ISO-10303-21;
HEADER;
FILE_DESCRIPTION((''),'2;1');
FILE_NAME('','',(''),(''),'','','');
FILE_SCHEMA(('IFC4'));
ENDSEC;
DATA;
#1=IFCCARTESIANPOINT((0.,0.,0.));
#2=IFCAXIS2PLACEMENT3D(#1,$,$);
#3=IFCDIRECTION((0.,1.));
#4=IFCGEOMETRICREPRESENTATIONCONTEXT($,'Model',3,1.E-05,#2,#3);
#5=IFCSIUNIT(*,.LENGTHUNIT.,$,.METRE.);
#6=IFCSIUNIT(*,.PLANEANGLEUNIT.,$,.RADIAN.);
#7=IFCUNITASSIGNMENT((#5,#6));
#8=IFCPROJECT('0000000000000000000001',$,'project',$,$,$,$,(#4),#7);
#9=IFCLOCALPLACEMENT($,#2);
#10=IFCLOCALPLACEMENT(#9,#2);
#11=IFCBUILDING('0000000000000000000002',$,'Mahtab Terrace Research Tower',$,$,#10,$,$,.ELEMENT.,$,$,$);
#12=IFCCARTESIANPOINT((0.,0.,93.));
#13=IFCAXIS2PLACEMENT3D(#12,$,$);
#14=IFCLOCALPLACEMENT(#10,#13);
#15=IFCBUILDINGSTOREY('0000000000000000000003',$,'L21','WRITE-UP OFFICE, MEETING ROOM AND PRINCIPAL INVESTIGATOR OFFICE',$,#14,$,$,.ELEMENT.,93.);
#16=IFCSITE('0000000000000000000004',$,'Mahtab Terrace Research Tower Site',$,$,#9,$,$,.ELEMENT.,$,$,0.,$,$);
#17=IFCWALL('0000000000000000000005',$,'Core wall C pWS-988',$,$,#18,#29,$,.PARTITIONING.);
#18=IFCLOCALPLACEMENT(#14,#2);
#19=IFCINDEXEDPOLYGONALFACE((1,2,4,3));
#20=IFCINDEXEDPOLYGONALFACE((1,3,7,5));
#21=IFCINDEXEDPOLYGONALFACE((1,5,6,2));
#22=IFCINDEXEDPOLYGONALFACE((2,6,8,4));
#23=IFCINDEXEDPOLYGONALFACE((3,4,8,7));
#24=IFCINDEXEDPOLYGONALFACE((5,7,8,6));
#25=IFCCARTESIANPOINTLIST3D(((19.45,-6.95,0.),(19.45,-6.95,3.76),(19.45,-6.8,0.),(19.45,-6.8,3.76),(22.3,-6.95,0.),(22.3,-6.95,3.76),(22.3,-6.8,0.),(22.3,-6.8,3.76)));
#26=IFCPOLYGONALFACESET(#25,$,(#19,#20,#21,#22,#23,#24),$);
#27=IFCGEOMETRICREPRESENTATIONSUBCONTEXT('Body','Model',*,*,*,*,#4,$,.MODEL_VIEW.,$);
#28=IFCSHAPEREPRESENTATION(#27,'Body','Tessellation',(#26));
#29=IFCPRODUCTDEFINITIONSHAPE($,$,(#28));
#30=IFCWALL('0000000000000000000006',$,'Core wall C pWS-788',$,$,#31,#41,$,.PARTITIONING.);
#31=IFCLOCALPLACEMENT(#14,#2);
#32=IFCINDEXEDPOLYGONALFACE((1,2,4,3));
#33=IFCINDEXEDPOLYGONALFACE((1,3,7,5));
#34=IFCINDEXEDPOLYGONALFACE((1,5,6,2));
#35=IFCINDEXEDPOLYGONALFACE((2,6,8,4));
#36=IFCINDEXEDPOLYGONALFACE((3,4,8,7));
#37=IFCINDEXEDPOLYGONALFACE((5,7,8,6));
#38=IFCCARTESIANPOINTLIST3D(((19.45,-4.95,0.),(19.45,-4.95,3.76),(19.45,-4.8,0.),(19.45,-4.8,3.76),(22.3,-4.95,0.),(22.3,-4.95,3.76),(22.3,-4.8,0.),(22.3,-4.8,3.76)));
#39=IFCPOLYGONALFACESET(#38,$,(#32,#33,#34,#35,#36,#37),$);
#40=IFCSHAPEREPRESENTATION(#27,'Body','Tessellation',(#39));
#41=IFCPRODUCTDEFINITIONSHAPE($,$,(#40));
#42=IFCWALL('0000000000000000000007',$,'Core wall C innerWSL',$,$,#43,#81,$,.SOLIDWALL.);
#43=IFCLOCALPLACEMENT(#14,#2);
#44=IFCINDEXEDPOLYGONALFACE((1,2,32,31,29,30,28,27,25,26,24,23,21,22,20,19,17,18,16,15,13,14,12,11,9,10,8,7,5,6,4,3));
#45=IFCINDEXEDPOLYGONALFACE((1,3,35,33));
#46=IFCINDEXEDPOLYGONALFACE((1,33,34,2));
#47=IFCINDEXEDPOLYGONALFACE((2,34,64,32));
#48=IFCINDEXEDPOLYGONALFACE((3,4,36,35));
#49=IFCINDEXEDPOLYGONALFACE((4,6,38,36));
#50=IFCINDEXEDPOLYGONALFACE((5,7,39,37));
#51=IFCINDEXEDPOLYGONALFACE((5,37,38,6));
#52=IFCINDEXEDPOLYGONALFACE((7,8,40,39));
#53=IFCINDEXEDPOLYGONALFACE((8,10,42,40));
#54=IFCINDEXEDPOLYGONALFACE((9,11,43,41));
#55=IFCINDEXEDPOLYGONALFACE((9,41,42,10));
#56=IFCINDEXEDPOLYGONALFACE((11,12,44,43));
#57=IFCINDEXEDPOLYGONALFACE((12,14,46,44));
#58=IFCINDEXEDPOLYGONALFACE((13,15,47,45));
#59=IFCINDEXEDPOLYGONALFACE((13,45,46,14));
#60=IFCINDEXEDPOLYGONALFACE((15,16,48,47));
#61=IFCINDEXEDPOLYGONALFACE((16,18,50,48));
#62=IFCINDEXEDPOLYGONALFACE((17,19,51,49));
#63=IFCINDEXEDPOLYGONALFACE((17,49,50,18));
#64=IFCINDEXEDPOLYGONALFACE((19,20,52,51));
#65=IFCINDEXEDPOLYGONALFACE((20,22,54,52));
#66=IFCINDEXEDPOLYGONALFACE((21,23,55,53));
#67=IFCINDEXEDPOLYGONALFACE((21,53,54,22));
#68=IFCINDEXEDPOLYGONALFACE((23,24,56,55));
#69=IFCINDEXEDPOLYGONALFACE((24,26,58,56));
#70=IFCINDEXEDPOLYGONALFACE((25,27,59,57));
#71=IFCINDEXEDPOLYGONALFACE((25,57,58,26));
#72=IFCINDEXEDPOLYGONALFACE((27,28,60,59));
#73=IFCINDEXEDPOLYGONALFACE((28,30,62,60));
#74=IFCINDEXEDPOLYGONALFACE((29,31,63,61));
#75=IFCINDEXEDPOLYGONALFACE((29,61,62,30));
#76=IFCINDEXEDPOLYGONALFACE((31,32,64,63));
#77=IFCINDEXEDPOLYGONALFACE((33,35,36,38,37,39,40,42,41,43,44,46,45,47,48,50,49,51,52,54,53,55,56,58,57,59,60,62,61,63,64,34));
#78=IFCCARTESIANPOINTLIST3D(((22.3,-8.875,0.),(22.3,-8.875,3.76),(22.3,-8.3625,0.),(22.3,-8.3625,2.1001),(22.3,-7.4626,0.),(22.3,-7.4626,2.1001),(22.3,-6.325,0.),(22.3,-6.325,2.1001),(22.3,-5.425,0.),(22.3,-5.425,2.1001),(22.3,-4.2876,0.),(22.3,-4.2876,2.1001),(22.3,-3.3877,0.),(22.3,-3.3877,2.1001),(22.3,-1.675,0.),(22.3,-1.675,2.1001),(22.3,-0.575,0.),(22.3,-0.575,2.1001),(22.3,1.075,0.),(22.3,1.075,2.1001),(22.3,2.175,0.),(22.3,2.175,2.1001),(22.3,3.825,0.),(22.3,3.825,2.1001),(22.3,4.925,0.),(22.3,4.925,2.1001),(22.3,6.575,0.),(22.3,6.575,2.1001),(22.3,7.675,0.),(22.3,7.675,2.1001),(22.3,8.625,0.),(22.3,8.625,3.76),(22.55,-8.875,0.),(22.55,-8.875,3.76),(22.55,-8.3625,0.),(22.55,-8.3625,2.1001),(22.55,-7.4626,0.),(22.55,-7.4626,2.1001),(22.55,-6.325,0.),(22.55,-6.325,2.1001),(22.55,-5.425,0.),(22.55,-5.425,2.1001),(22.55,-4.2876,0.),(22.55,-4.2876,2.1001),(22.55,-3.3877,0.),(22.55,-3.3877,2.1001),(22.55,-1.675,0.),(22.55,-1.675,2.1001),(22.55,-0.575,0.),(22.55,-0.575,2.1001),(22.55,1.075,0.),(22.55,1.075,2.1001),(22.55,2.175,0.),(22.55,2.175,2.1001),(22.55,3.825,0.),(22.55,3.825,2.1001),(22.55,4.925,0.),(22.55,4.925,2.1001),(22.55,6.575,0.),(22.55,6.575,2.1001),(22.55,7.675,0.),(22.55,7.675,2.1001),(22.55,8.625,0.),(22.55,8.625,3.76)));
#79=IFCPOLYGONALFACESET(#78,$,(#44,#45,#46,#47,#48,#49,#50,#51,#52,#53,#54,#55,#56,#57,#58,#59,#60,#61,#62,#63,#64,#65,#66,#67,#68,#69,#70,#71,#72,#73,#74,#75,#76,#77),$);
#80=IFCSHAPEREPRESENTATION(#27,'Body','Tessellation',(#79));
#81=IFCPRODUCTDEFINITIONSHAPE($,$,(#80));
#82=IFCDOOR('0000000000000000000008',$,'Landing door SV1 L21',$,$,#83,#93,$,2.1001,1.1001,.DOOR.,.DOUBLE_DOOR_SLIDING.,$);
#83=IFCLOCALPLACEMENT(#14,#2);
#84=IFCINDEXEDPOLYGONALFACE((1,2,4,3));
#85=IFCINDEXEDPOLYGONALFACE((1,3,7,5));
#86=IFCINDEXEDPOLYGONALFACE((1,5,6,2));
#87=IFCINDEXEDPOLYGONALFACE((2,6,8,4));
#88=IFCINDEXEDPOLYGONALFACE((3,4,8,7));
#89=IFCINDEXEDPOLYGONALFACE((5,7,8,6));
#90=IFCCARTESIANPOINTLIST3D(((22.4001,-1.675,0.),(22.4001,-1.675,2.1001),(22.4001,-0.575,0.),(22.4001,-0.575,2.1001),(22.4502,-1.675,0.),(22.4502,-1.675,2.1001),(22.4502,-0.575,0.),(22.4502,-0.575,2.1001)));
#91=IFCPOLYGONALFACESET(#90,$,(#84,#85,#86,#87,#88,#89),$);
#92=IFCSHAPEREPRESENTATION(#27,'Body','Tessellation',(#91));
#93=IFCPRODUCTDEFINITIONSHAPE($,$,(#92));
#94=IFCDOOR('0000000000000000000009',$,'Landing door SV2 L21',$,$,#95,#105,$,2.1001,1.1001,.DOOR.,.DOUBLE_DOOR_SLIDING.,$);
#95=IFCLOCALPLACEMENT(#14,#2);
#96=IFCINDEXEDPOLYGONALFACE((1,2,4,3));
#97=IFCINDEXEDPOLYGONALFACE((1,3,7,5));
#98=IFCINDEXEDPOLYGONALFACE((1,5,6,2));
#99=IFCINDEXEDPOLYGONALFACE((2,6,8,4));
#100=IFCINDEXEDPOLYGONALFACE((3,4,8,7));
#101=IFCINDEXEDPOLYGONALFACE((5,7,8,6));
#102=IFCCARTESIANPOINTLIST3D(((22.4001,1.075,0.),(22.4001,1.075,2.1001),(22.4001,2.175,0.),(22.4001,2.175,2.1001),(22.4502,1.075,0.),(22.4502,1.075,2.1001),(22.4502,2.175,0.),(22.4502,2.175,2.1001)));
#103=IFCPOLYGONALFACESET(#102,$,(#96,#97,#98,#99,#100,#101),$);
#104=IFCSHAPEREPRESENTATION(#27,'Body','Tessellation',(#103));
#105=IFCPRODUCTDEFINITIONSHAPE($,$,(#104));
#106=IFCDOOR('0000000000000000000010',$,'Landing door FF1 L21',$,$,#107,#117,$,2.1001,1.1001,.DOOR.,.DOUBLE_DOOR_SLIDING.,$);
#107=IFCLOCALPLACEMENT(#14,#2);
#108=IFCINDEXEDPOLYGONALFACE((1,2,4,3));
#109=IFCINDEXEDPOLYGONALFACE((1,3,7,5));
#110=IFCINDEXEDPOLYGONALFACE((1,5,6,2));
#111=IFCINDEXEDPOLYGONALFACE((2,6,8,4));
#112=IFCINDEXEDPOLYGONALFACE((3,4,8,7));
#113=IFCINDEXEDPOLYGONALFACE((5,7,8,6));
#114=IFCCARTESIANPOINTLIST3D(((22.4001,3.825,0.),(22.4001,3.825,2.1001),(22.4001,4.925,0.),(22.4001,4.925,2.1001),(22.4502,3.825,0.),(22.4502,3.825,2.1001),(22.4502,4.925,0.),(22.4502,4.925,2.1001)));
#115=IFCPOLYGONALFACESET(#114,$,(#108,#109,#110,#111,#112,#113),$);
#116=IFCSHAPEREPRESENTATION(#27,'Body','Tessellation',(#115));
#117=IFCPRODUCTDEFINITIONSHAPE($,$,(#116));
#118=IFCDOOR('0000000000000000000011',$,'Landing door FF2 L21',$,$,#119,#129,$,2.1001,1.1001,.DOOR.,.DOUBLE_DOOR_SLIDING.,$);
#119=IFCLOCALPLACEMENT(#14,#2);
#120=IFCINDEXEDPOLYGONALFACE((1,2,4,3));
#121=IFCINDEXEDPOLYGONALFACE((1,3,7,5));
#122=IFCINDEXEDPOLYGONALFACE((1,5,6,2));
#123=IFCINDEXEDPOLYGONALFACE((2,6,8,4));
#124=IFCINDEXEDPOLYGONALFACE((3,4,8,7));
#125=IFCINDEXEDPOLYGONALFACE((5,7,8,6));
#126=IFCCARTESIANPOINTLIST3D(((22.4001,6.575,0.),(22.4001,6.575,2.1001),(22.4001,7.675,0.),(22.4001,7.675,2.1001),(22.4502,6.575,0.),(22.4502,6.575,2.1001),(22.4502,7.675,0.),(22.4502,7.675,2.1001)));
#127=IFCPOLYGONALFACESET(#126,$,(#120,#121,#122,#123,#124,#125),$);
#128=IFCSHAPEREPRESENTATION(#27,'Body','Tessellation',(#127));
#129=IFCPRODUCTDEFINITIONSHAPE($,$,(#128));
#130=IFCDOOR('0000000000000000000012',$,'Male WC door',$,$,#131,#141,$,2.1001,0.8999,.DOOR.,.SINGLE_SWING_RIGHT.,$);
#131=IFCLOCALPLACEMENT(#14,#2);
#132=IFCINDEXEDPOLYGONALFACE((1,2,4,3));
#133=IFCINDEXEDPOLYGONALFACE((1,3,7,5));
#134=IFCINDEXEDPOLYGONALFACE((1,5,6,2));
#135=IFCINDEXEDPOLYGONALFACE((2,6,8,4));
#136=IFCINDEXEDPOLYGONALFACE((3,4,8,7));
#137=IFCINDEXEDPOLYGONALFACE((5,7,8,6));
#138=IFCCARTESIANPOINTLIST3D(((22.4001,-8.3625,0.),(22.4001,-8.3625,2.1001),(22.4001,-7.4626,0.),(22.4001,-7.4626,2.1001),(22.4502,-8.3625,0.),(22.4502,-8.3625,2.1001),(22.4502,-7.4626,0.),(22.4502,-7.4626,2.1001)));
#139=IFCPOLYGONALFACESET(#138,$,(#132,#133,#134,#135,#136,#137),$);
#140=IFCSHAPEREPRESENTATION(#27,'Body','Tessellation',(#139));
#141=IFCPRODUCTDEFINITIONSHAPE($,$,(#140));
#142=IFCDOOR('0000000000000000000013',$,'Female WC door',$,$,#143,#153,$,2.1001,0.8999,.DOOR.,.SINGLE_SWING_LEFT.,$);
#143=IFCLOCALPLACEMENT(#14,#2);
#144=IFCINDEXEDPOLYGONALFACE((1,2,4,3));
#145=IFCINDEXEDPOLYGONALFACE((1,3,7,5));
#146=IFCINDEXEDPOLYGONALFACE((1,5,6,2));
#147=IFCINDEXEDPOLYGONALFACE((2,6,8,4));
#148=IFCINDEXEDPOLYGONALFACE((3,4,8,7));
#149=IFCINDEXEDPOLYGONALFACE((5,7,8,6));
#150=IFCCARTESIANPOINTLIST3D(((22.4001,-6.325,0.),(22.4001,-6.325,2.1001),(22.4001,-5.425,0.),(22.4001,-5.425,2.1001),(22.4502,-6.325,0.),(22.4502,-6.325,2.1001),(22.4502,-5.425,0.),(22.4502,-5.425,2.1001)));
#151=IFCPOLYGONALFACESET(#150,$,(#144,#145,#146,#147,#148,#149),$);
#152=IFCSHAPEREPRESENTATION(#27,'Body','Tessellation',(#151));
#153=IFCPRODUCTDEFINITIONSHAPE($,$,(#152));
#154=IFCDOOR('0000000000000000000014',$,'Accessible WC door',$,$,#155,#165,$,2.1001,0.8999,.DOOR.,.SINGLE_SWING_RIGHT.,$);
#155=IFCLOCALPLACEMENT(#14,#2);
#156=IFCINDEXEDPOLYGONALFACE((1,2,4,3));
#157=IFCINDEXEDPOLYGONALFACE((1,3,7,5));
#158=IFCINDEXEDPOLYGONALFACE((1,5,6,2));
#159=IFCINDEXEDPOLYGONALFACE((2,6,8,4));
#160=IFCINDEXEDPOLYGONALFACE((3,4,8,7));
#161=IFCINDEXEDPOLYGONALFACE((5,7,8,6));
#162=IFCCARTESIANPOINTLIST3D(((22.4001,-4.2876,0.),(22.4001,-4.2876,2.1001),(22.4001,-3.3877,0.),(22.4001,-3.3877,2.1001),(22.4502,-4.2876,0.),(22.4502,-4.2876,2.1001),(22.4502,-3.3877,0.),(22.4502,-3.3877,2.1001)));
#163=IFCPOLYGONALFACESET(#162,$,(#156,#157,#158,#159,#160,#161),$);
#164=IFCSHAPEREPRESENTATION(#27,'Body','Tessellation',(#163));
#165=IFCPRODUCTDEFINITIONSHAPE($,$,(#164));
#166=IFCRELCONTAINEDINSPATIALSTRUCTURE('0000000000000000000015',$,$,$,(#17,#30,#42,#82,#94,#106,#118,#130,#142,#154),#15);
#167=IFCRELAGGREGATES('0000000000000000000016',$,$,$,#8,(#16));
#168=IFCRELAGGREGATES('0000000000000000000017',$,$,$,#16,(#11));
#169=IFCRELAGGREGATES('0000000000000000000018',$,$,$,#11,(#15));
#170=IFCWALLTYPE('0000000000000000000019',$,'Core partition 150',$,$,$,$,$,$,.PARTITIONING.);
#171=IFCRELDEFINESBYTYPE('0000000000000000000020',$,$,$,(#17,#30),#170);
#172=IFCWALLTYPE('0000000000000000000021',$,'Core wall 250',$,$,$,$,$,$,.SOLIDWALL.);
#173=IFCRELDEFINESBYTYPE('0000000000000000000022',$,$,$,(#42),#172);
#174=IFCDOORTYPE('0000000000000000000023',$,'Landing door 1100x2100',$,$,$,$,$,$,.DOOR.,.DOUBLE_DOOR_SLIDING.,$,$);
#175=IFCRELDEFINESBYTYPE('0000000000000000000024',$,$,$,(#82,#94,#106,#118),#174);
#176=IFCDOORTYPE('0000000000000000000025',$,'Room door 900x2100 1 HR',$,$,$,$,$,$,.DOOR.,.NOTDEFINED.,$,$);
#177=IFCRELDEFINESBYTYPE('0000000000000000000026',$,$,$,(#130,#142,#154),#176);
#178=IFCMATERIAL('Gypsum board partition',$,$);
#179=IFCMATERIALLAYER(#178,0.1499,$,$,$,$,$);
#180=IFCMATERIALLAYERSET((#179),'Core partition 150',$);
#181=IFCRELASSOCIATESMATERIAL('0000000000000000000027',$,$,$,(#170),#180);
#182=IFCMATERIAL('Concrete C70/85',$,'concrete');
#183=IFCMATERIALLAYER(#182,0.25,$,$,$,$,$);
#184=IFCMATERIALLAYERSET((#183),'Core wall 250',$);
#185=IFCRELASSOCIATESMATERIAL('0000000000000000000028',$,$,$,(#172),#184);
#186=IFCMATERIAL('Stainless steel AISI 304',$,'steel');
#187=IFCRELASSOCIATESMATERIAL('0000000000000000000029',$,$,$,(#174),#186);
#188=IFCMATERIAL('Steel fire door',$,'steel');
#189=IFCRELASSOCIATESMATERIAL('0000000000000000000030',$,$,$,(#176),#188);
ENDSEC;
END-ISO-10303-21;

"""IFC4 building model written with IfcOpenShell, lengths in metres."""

from ifc_helpers import new_model, si_unit, direction, frame, frame_2d, origin, place, context, subcontext, project, spatial, rectangle, extrude, material, layer, layer_set, type_object, element, fill, save


model = new_model("IFC4")

# Units and contexts
model_context = context("Model", 3, precision=1e-05, world=origin(), true_north=direction((0.0, 1.0)))
body_context = subcontext(model_context, "Body", "Model", "MODEL_VIEW")
ifc_project = project(units=[si_unit("LENGTHUNIT", "METRE"), si_unit("PLANEANGLEUNIT", "RADIAN")], contexts=[model_context])

# Site, building, storey
site_placement = place(None, origin())
site = spatial("IfcSite", under=ifc_project, at=site_placement, Name="Mahtab Terrace Research Tower Site", CompositionType="ELEMENT", RefElevation=0.0)
building_placement = place(site_placement, origin())
building = spatial("IfcBuilding", under=site, at=building_placement, Name="Mahtab Terrace Research Tower", CompositionType="ELEMENT")
storey_placement = place(building_placement, frame((0.0, 0.0, 93.0)))
storey = spatial("IfcBuildingStorey", under=building, at=storey_placement, Name="L21", Description="WRITE-UP OFFICE, MEETING ROOM AND PRINCIPAL INVESTIGATOR OFFICE", CompositionType="ELEMENT", Elevation=93.0)

# Walls
ifc_material_1 = material(Name="Gypsum board partition")
ifc_layer_1 = layer(ifc_material_1, 0.1499)
ifc_layer_set_1 = layer_set([ifc_layer_1], Name="Core partition 150")
wall_type_1 = type_object("IfcWallType", Name="Core partition 150", PredefinedType="PARTITIONING", material=ifc_layer_set_1)
for number, where, z_axis, x_axis, name in (
    (1, (19.45, -6.875, 0.0), (0.0, 0.0, 1.0), (1.0, 0.0, 0.0), "Core wall C pWS-988"),
    (2, (19.45, -4.875, 0.0), (0.0, 0.0, 1.0), (1.0, 0.0, 0.0), "Core wall C pWS-788"),
):
    element("IfcWall", number, at=place(storey_placement, frame(where, z_axis=z_axis, x_axis=x_axis)), inside=storey, type_object=wall_type_1, Name=name, PredefinedType="PARTITIONING", context=body_context, shape_type="SweptSolid", body=[
        extrude(rectangle(XDim=2.8501, YDim=0.1499, at=frame_2d((1.425, 0.0))), origin(), (0.0, 0.0, 1.0), 3.76),
    ])

# Wall, openings, doors
ifc_material_2 = material(Name="Concrete C70/85", Category="concrete")
ifc_layer_2 = layer(ifc_material_2, 0.25)
ifc_layer_set_2 = layer_set([ifc_layer_2], Name="Core wall 250")
wall_type_2 = type_object("IfcWallType", Name="Core wall 250", PredefinedType="SOLIDWALL", material=ifc_layer_set_2)
wall_1_placement = place(storey_placement, frame((22.425, -8.875, 0.0), z_axis=(0.0, 0.0, 1.0), x_axis=(0.0, 1.0, 0.0)))
wall_1 = element("IfcWall", 3, at=wall_1_placement, inside=storey, type_object=wall_type_2, Name="Core wall C innerWSL", PredefinedType="SOLIDWALL", context=body_context, shape_type="SweptSolid", body=[
    extrude(rectangle(XDim=17.5, YDim=0.25, at=frame_2d((8.75, 0.0))), origin(), (0.0, 0.0, 1.0), 3.76),
])
opening_1_placement = place(wall_1_placement, frame((7.2, 0.0, 0.0)))
opening_1 = element("IfcOpeningElement", 4, at=opening_1_placement, cuts=wall_1, PredefinedType="OPENING", context=body_context, shape_type="SweptSolid", body=[
    extrude(rectangle(XDim=1.1001, YDim=2.1001, at=frame_2d((0.55, 1.05))), frame((0.0, 0.135, 0.0), z_axis=(0.0, -1.0, 0.0), x_axis=(1.0, 0.0, 0.0)), (0.0, 0.0, 1.0), 0.27),
])
opening_2_placement = place(wall_1_placement, frame((9.95, 0.0, 0.0)))
opening_2 = element("IfcOpeningElement", 5, at=opening_2_placement, cuts=wall_1, PredefinedType="OPENING", context=body_context, shape_type="SweptSolid", body=[
    extrude(rectangle(XDim=1.1001, YDim=2.1001, at=frame_2d((0.55, 1.05))), frame((0.0, 0.135, 0.0), z_axis=(0.0, -1.0, 0.0), x_axis=(1.0, 0.0, 0.0)), (0.0, 0.0, 1.0), 0.27),
])
opening_3_placement = place(wall_1_placement, frame((12.7, 0.0, 0.0)))
opening_3 = element("IfcOpeningElement", 6, at=opening_3_placement, cuts=wall_1, PredefinedType="OPENING", context=body_context, shape_type="SweptSolid", body=[
    extrude(rectangle(XDim=1.1001, YDim=2.1001, at=frame_2d((0.55, 1.05))), frame((0.0, 0.135, 0.0), z_axis=(0.0, -1.0, 0.0), x_axis=(1.0, 0.0, 0.0)), (0.0, 0.0, 1.0), 0.27),
])
opening_4_placement = place(wall_1_placement, frame((15.45, 0.0, 0.0)))
opening_4 = element("IfcOpeningElement", 7, at=opening_4_placement, cuts=wall_1, PredefinedType="OPENING", context=body_context, shape_type="SweptSolid", body=[
    extrude(rectangle(XDim=1.1001, YDim=2.1001, at=frame_2d((0.55, 1.05))), frame((0.0, 0.135, 0.0), z_axis=(0.0, -1.0, 0.0), x_axis=(1.0, 0.0, 0.0)), (0.0, 0.0, 1.0), 0.27),
])
opening_5_placement = place(wall_1_placement, frame((0.5125, 0.0, 0.0)))
opening_5 = element("IfcOpeningElement", 8, at=opening_5_placement, cuts=wall_1, PredefinedType="OPENING", context=body_context, shape_type="SweptSolid", body=[
    extrude(rectangle(XDim=0.8999, YDim=2.1001, at=frame_2d((0.45, 1.05))), frame((0.0, 0.135, 0.0), z_axis=(0.0, -1.0, 0.0), x_axis=(1.0, 0.0, 0.0)), (0.0, 0.0, 1.0), 0.27),
])
opening_6_placement = place(wall_1_placement, frame((2.55, 0.0, 0.0)))
opening_6 = element("IfcOpeningElement", 9, at=opening_6_placement, cuts=wall_1, PredefinedType="OPENING", context=body_context, shape_type="SweptSolid", body=[
    extrude(rectangle(XDim=0.8999, YDim=2.1001, at=frame_2d((0.45, 1.05))), frame((0.0, 0.135, 0.0), z_axis=(0.0, -1.0, 0.0), x_axis=(1.0, 0.0, 0.0)), (0.0, 0.0, 1.0), 0.27),
])
opening_7_placement = place(wall_1_placement, frame((4.5874, 0.0, 0.0)))
opening_7 = element("IfcOpeningElement", 10, at=opening_7_placement, cuts=wall_1, PredefinedType="OPENING", context=body_context, shape_type="SweptSolid", body=[
    extrude(rectangle(XDim=0.8999, YDim=2.1001, at=frame_2d((0.45, 1.05))), frame((0.0, 0.135, 0.0), z_axis=(0.0, -1.0, 0.0), x_axis=(1.0, 0.0, 0.0)), (0.0, 0.0, 1.0), 0.27),
])
ifc_material_3 = material(Name="Stainless steel AISI 304", Category="steel")
door_type_1 = type_object("IfcDoorType", Name="Landing door 1100x2100", OperationType="DOUBLE_DOOR_SLIDING", PredefinedType="DOOR", material=ifc_material_3)
door_1_placement = place(opening_1_placement, origin())
door_1 = element("IfcDoor", 11, at=door_1_placement, inside=storey, type_object=door_type_1, Name="Landing door SV1 L21", OperationType="DOUBLE_DOOR_SLIDING", OverallHeight=2.1001, OverallWidth=1.1001, PredefinedType="DOOR", context=body_context, shape_type="SweptSolid", body=[
    extrude(rectangle(XDim=1.1001, YDim=2.1001, at=frame_2d((0.55, 1.05))), frame((0.0, 0.0249, 0.0), z_axis=(0.0, -1.0, 0.0), x_axis=(1.0, 0.0, 0.0)), (0.0, 0.0, 1.0), 0.05),
])
fill(opening_1, door_1)
door_2_placement = place(opening_2_placement, origin())
door_2 = element("IfcDoor", 12, at=door_2_placement, inside=storey, type_object=door_type_1, Name="Landing door SV2 L21", OperationType="DOUBLE_DOOR_SLIDING", OverallHeight=2.1001, OverallWidth=1.1001, PredefinedType="DOOR", context=body_context, shape_type="SweptSolid", body=[
    extrude(rectangle(XDim=1.1001, YDim=2.1001, at=frame_2d((0.55, 1.05))), frame((0.0, 0.0249, 0.0), z_axis=(0.0, -1.0, 0.0), x_axis=(1.0, 0.0, 0.0)), (0.0, 0.0, 1.0), 0.05),
])
fill(opening_2, door_2)
door_3_placement = place(opening_3_placement, origin())
door_3 = element("IfcDoor", 13, at=door_3_placement, inside=storey, type_object=door_type_1, Name="Landing door FF1 L21", OperationType="DOUBLE_DOOR_SLIDING", OverallHeight=2.1001, OverallWidth=1.1001, PredefinedType="DOOR", context=body_context, shape_type="SweptSolid", body=[
    extrude(rectangle(XDim=1.1001, YDim=2.1001, at=frame_2d((0.55, 1.05))), frame((0.0, 0.0249, 0.0), z_axis=(0.0, -1.0, 0.0), x_axis=(1.0, 0.0, 0.0)), (0.0, 0.0, 1.0), 0.05),
])
fill(opening_3, door_3)
door_4_placement = place(opening_4_placement, origin())
door_4 = element("IfcDoor", 14, at=door_4_placement, inside=storey, type_object=door_type_1, Name="Landing door FF2 L21", OperationType="DOUBLE_DOOR_SLIDING", OverallHeight=2.1001, OverallWidth=1.1001, PredefinedType="DOOR", context=body_context, shape_type="SweptSolid", body=[
    extrude(rectangle(XDim=1.1001, YDim=2.1001, at=frame_2d((0.55, 1.05))), frame((0.0, 0.0249, 0.0), z_axis=(0.0, -1.0, 0.0), x_axis=(1.0, 0.0, 0.0)), (0.0, 0.0, 1.0), 0.05),
])
fill(opening_4, door_4)
ifc_material_4 = material(Name="Steel fire door", Category="steel")
door_type_2 = type_object("IfcDoorType", Name="Room door 900x2100 1 HR", OperationType="NOTDEFINED", PredefinedType="DOOR", material=ifc_material_4)
door_5_placement = place(opening_5_placement, origin())
door_5 = element("IfcDoor", 15, at=door_5_placement, inside=storey, type_object=door_type_2, Name="Male WC door", OperationType="SINGLE_SWING_RIGHT", OverallHeight=2.1001, OverallWidth=0.8999, PredefinedType="DOOR", context=body_context, shape_type="SweptSolid", body=[
    extrude(rectangle(XDim=0.8999, YDim=2.1001, at=frame_2d((0.45, 1.05))), frame((0.0, 0.0249, 0.0), z_axis=(0.0, -1.0, 0.0), x_axis=(1.0, 0.0, 0.0)), (0.0, 0.0, 1.0), 0.05),
])
fill(opening_5, door_5)
door_6_placement = place(opening_6_placement, origin())
door_6 = element("IfcDoor", 16, at=door_6_placement, inside=storey, type_object=door_type_2, Name="Female WC door", OperationType="SINGLE_SWING_LEFT", OverallHeight=2.1001, OverallWidth=0.8999, PredefinedType="DOOR", context=body_context, shape_type="SweptSolid", body=[
    extrude(rectangle(XDim=0.8999, YDim=2.1001, at=frame_2d((0.45, 1.05))), frame((0.0, 0.0249, 0.0), z_axis=(0.0, -1.0, 0.0), x_axis=(1.0, 0.0, 0.0)), (0.0, 0.0, 1.0), 0.05),
])
fill(opening_6, door_6)
door_7_placement = place(opening_7_placement, origin())
door_7 = element("IfcDoor", 17, at=door_7_placement, inside=storey, type_object=door_type_2, Name="Accessible WC door", OperationType="SINGLE_SWING_RIGHT", OverallHeight=2.1001, OverallWidth=0.8999, PredefinedType="DOOR", context=body_context, shape_type="SweptSolid", body=[
    extrude(rectangle(XDim=0.8999, YDim=2.1001, at=frame_2d((0.45, 1.05))), frame((0.0, 0.0249, 0.0), z_axis=(0.0, -1.0, 0.0), x_axis=(1.0, 0.0, 0.0)), (0.0, 0.0, 1.0), 0.05),
])
fill(opening_7, door_7)

save(model, "model.ifc")
